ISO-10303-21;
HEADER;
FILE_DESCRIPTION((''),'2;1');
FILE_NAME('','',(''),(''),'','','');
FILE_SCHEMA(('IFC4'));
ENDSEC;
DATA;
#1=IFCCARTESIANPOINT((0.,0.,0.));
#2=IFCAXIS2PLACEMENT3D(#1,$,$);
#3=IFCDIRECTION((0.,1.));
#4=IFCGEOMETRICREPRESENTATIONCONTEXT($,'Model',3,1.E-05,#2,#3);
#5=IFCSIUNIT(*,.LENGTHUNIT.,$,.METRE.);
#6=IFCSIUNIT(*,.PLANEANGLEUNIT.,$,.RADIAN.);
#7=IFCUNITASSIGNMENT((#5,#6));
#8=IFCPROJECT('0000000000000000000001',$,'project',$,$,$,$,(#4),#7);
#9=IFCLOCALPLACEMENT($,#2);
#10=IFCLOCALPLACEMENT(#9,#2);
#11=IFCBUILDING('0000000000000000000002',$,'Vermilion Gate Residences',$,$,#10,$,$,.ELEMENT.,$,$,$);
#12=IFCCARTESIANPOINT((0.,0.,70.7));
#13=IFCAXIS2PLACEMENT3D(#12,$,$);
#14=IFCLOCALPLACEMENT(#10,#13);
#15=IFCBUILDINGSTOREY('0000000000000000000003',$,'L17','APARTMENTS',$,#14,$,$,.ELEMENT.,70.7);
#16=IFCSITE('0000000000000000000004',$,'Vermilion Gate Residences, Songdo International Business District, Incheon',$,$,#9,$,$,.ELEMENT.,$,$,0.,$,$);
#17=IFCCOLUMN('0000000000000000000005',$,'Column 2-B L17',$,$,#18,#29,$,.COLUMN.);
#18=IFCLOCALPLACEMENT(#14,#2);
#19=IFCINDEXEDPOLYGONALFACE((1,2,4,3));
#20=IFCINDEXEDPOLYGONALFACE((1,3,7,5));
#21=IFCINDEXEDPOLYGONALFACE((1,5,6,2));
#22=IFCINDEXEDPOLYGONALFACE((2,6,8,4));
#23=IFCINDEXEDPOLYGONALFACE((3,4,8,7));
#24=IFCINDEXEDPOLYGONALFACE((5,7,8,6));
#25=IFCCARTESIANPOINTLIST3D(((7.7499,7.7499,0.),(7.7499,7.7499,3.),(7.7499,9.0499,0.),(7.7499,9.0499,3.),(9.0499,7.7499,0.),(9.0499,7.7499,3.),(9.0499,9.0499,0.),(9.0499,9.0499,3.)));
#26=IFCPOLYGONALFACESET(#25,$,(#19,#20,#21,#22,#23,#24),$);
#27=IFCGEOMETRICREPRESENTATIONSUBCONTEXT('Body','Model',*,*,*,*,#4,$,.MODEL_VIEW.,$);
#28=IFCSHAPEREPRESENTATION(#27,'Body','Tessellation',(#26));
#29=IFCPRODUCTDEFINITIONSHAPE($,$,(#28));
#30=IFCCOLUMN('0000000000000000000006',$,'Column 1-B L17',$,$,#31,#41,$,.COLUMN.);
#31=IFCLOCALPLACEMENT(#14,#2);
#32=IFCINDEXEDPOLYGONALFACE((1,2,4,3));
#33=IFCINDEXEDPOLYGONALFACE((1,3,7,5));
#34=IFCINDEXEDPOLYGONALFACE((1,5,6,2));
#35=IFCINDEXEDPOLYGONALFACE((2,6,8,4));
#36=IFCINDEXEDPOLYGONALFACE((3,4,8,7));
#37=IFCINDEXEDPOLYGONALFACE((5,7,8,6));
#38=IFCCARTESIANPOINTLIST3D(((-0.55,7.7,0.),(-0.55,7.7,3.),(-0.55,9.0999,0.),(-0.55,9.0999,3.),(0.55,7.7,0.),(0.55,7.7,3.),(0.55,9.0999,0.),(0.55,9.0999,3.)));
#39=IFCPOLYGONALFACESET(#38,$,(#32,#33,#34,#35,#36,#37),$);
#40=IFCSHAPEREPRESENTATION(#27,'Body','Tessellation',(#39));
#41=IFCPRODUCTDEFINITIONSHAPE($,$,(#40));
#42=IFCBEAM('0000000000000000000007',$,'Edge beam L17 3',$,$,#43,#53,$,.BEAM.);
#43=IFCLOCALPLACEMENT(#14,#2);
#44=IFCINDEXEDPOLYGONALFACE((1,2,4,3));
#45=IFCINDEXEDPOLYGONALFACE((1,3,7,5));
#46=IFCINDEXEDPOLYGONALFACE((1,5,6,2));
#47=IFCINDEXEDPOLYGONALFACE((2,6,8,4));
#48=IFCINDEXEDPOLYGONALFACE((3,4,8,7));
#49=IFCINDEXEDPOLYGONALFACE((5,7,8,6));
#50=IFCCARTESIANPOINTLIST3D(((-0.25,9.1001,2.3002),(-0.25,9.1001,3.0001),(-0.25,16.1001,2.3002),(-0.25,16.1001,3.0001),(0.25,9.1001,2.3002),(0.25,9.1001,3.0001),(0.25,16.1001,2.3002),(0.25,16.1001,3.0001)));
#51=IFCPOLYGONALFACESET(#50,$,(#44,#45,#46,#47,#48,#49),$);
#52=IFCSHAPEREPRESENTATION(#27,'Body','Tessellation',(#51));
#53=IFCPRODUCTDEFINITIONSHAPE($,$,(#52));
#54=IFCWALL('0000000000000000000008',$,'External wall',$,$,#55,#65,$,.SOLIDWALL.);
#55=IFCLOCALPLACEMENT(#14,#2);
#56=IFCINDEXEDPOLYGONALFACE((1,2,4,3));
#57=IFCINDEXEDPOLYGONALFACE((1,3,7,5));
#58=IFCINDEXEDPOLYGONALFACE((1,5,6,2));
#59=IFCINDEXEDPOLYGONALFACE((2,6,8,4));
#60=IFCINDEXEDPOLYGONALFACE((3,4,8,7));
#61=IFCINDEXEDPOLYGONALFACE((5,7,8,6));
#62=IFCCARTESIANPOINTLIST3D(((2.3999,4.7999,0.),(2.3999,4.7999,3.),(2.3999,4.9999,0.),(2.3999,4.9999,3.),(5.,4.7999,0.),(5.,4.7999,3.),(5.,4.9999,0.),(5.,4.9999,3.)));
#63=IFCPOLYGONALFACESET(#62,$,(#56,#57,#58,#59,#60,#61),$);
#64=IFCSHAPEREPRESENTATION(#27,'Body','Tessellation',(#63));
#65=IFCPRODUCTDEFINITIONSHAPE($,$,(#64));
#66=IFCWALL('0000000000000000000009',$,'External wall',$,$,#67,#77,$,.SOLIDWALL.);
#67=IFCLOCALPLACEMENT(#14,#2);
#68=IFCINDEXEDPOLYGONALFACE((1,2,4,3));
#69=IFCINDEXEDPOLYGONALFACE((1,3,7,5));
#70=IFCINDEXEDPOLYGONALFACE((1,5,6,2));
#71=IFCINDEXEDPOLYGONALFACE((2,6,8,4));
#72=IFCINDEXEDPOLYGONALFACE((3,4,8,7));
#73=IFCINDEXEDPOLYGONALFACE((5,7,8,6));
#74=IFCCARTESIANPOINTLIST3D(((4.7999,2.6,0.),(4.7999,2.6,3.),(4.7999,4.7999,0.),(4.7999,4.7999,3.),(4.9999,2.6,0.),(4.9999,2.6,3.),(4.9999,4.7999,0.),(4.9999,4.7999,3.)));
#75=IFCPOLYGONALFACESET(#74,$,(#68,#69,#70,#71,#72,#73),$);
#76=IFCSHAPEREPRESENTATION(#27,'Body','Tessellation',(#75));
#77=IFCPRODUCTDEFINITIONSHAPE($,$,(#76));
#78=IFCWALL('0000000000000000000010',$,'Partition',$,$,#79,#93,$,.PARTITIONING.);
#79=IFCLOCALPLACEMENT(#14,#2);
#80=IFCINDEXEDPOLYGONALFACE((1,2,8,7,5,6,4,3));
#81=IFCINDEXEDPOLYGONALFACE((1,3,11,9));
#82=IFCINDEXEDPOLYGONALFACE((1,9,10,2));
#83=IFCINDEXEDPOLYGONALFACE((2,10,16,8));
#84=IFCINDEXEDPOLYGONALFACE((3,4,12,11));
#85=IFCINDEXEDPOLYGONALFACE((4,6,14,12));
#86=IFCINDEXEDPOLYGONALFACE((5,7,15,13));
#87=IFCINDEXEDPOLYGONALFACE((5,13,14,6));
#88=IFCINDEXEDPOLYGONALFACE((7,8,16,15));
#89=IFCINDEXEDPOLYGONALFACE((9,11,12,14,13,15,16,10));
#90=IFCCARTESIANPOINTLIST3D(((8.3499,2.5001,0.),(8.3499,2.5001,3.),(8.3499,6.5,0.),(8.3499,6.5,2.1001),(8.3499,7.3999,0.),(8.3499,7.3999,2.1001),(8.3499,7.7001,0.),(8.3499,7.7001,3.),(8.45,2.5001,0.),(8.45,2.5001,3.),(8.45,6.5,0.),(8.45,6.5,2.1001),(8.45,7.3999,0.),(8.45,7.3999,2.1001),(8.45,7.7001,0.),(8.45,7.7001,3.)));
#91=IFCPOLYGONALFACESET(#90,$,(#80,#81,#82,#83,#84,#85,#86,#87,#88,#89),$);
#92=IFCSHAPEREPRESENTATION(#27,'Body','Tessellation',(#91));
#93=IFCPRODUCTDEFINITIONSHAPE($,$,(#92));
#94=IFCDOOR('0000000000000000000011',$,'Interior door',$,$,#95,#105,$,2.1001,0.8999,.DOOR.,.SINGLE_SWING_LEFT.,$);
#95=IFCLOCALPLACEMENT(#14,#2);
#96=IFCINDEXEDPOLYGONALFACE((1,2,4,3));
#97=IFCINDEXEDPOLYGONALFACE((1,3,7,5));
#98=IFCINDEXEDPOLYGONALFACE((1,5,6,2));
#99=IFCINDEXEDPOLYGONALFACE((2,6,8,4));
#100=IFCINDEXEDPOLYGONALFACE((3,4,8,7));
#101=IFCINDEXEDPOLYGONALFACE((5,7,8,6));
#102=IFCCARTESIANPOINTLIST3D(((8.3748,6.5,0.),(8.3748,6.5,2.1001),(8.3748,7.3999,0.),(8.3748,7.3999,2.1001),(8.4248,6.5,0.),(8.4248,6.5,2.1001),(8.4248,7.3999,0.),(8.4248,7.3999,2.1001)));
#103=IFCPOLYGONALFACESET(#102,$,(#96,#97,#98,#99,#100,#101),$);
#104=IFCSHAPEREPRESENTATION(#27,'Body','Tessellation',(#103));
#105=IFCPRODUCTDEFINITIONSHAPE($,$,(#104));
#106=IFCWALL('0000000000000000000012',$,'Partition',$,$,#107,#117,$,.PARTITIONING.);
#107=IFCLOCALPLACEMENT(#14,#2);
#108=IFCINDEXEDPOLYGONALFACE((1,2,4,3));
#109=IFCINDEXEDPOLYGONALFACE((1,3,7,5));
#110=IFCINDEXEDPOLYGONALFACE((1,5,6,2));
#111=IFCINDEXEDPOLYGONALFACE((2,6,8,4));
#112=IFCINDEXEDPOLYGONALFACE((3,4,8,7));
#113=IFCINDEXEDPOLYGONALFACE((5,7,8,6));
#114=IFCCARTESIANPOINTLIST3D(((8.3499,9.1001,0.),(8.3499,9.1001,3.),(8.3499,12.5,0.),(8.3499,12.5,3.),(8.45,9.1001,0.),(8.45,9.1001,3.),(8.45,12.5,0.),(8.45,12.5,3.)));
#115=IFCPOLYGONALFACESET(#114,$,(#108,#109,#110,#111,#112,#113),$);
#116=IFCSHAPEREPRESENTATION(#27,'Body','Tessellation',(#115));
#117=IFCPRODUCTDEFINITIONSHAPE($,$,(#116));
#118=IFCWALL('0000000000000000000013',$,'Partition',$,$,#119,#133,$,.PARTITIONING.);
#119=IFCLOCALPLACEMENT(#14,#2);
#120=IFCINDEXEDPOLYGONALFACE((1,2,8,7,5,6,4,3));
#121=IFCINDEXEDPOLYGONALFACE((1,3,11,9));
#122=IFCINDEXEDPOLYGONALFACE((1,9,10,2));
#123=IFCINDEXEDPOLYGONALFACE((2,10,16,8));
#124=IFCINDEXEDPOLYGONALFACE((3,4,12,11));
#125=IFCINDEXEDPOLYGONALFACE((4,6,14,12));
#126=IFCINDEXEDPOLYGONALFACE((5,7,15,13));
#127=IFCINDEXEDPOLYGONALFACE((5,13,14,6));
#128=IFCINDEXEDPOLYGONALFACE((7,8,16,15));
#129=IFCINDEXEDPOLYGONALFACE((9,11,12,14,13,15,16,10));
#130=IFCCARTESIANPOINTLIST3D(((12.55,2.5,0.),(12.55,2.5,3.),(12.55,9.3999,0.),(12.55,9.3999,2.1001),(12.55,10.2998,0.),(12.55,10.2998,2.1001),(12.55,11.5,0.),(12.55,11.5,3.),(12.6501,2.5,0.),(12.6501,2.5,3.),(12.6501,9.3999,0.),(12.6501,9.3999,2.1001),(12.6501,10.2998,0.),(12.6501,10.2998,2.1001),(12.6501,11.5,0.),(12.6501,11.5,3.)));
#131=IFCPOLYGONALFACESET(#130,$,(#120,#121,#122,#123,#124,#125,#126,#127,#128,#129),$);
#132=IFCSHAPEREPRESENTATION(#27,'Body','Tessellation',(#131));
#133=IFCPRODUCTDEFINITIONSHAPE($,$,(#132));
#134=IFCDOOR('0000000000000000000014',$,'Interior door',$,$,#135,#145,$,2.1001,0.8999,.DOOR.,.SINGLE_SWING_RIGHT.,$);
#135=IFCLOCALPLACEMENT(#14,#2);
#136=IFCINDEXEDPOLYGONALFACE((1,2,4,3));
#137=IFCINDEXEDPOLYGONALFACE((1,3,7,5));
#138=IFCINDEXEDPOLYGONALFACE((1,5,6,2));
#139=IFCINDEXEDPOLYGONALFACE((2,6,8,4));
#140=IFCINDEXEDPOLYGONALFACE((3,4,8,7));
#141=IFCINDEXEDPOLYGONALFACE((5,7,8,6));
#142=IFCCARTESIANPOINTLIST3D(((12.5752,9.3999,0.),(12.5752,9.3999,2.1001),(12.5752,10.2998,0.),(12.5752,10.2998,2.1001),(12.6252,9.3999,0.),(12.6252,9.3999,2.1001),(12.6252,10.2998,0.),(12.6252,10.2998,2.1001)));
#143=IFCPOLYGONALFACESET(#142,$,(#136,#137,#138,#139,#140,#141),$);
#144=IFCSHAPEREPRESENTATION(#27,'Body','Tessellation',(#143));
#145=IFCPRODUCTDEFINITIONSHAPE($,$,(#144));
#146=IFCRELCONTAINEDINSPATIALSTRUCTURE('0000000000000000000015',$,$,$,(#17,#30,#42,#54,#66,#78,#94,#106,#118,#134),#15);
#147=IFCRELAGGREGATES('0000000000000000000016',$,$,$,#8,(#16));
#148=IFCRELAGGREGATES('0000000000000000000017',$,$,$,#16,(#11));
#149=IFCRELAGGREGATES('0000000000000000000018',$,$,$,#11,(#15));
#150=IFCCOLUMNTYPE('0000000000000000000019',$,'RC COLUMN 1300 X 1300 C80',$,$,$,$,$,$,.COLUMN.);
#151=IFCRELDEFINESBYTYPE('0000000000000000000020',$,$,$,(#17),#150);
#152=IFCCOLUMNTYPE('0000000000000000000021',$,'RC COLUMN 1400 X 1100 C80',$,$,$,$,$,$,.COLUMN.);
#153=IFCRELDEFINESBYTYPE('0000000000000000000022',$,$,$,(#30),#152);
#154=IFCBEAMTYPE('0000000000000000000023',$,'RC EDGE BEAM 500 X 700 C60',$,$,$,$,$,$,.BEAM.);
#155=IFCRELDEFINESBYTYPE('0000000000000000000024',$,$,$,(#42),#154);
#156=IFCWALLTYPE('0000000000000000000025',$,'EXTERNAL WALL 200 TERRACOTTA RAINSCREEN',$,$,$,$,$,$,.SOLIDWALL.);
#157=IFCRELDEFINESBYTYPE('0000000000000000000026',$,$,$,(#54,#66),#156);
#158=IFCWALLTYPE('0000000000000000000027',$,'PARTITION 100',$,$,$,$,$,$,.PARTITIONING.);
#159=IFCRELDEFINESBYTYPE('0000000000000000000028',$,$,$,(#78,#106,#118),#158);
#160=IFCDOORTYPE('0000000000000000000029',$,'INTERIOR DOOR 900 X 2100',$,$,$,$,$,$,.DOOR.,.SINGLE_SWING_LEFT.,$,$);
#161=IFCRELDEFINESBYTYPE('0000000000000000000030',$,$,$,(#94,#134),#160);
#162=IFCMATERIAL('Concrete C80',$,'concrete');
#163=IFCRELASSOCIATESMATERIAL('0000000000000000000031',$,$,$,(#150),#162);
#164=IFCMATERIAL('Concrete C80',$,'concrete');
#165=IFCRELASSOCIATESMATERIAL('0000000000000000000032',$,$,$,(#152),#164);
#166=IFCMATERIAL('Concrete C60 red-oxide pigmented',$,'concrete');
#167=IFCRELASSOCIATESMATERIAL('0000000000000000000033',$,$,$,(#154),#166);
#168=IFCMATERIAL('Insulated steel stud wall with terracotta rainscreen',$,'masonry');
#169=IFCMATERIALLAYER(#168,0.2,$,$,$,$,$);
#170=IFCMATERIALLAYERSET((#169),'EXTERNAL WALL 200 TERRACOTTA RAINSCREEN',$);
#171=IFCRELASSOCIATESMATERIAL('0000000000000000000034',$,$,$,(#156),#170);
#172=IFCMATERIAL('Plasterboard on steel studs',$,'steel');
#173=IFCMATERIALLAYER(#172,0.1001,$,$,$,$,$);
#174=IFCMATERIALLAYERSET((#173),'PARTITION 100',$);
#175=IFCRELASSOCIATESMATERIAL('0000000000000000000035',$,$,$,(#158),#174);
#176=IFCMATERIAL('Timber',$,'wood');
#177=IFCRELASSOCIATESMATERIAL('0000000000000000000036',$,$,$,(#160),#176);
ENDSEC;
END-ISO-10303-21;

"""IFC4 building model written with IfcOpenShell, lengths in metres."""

from ifc_helpers import new_model, si_unit, direction, frame, frame_2d, origin, origin_2d, place, context, subcontext, project, spatial, rectangle, extrude, material, layer, layer_set, material_profile, profile_set, type_object, element, fill, save


model = new_model("IFC4")

# Units and contexts
model_context = context("Model", 3, precision=1e-05, world=origin(), true_north=direction((0.0, 1.0)))
body_context = subcontext(model_context, "Body", "Model", "MODEL_VIEW")
ifc_project = project(units=[si_unit("LENGTHUNIT", "METRE"), si_unit("PLANEANGLEUNIT", "RADIAN")], contexts=[model_context])

# Site, building, storey
site_placement = place(None, origin())
site = spatial("IfcSite", under=ifc_project, at=site_placement, Name="Vermilion Gate Residences, Songdo International Business District, Incheon", CompositionType="ELEMENT", RefElevation=0.0)
building_placement = place(site_placement, origin())
building = spatial("IfcBuilding", under=site, at=building_placement, Name="Vermilion Gate Residences", CompositionType="ELEMENT")
storey_placement = place(building_placement, frame((0.0, 0.0, 70.7)))
storey = spatial("IfcBuildingStorey", under=building, at=storey_placement, Name="L17", Description="APARTMENTS", CompositionType="ELEMENT", Elevation=70.7)

# Columns
ifc_material_1 = material(Name="Concrete C80", Category="concrete")
ifc_material_profile_1 = material_profile(ifc_material_1, rectangle(XDim=1.3, YDim=1.3, at=origin_2d()), Name="RC-1300x1300")
ifc_profile_set_1 = profile_set([ifc_material_profile_1], Name="Concrete C80")
column_type_1 = type_object("IfcColumnType", Name="RC COLUMN 1300 X 1300 C80", PredefinedType="COLUMN", material=ifc_profile_set_1)
column_1_placement = place(storey_placement, frame((8.3999, 8.3999, 0.0), z_axis=(0.0, 0.0, 1.0), x_axis=(1.0, 0.0, 0.0)))
element("IfcColumn", 1, at=column_1_placement, inside=storey, type_object=column_type_1, Name="Column 2-B L17", PredefinedType="COLUMN", context=body_context, shape_type="SweptSolid", body=[
    extrude(rectangle(XDim=1.3, YDim=1.3, at=origin_2d()), origin(), (0.0, 0.0, 1.0), 3.0),
])
ifc_material_2 = material(Name="Concrete C80", Category="concrete")
ifc_material_profile_2 = material_profile(ifc_material_2, rectangle(XDim=1.3999, YDim=1.1001, at=origin_2d()), Name="RC-1400x1100")
ifc_profile_set_2 = profile_set([ifc_material_profile_2], Name="Concrete C80")
column_type_2 = type_object("IfcColumnType", Name="RC COLUMN 1400 X 1100 C80", PredefinedType="COLUMN", material=ifc_profile_set_2)
column_2_placement = place(storey_placement, frame((0.0, 8.3999, 0.0), z_axis=(0.0, 0.0, 1.0), x_axis=(0.0, 1.0, 0.0)))
element("IfcColumn", 2, at=column_2_placement, inside=storey, type_object=column_type_2, Name="Column 1-B L17", PredefinedType="COLUMN", context=body_context, shape_type="SweptSolid", body=[
    extrude(rectangle(XDim=1.3999, YDim=1.1001, at=origin_2d()), origin(), (0.0, 0.0, 1.0), 3.0),
])

# Beam
ifc_material_3 = material(Name="Concrete C60 red-oxide pigmented", Category="concrete")
ifc_material_profile_3 = material_profile(ifc_material_3, rectangle(XDim=0.5, YDim=0.7, at=origin_2d()), Name="RC-500x700")
ifc_profile_set_3 = profile_set([ifc_material_profile_3], Name="Concrete C60 red-oxide pigmented")
beam_type = type_object("IfcBeamType", Name="RC EDGE BEAM 500 X 700 C60", PredefinedType="BEAM", material=ifc_profile_set_3)
beam_placement = place(storey_placement, frame((0.0, 9.1001, 2.6501), z_axis=(0.0, 1.0, 0.0), x_axis=(-1.0, 0.0, 0.0)))
element("IfcBeam", 3, at=beam_placement, inside=storey, type_object=beam_type, Name="Edge beam L17 3", PredefinedType="BEAM", context=body_context, shape_type="SweptSolid", body=[
    extrude(rectangle(XDim=0.5, YDim=0.7, at=origin_2d()), origin(), (0.0, 0.0, 1.0), 7.0),
])

# Walls
ifc_material_4 = material(Name="Insulated steel stud wall with terracotta rainscreen", Category="masonry")
ifc_layer_1 = layer(ifc_material_4, 0.2)
ifc_layer_set_1 = layer_set([ifc_layer_1], Name="EXTERNAL WALL 200 TERRACOTTA RAINSCREEN")
wall_type_1 = type_object("IfcWallType", Name="EXTERNAL WALL 200 TERRACOTTA RAINSCREEN", PredefinedType="SOLIDWALL", material=ifc_layer_set_1)
wall_1_placement = place(storey_placement, frame((2.3999, 4.8999, 0.0), z_axis=(0.0, 0.0, 1.0), x_axis=(1.0, 0.0, 0.0)))
element("IfcWall", 4, at=wall_1_placement, inside=storey, type_object=wall_type_1, Name="External wall", PredefinedType="SOLIDWALL", context=body_context, shape_type="SweptSolid", body=[
    extrude(rectangle(XDim=2.6001, YDim=0.2, at=frame_2d((1.3, 0.0))), origin(), (0.0, 0.0, 1.0), 3.0),
])
wall_2_placement = place(storey_placement, frame((4.8999, 4.8, 0.0), z_axis=(0.0, 0.0, 1.0), x_axis=(0.0, -1.0, 0.0)))
element("IfcWall", 5, at=wall_2_placement, inside=storey, type_object=wall_type_1, Name="External wall", PredefinedType="SOLIDWALL", context=body_context, shape_type="SweptSolid", body=[
    extrude(rectangle(XDim=2.2, YDim=0.2, at=frame_2d((1.1001, 0.0))), origin(), (0.0, 0.0, 1.0), 3.0),
])

# Wall, opening, door
ifc_material_5 = material(Name="Plasterboard on steel studs", Category="steel")
ifc_layer_2 = layer(ifc_material_5, 0.1001)
ifc_layer_set_2 = layer_set([ifc_layer_2], Name="PARTITION 100")
wall_type_2 = type_object("IfcWallType", Name="PARTITION 100", PredefinedType="PARTITIONING", material=ifc_layer_set_2)
wall_3_placement = place(storey_placement, frame((8.3999, 2.5, 0.0), z_axis=(0.0, 0.0, 1.0), x_axis=(0.0, 1.0, 0.0)))
wall_3 = element("IfcWall", 6, at=wall_3_placement, inside=storey, type_object=wall_type_2, Name="Partition", PredefinedType="PARTITIONING", context=body_context, shape_type="SweptSolid", body=[
    extrude(rectangle(XDim=5.2, YDim=0.1001, at=frame_2d((2.6001, 0.0))), origin(), (0.0, 0.0, 1.0), 3.0),
])
opening_1_placement = place(wall_3_placement, frame((4.0, 0.0, 0.0)))
opening_1 = element("IfcOpeningElement", 7, at=opening_1_placement, cuts=wall_3, PredefinedType="OPENING", context=body_context, shape_type="SweptSolid", body=[
    extrude(rectangle(XDim=0.8999, YDim=2.1001, at=frame_2d((0.45, 1.05))), frame((0.0, 0.0601, 0.0), z_axis=(0.0, -1.0, 0.0), x_axis=(1.0, 0.0, 0.0)), (0.0, 0.0, 1.0), 0.1201),
])
ifc_material_6 = material(Name="Timber", Category="wood")
door_type_1 = type_object("IfcDoorType", Name="INTERIOR DOOR 900 X 2100", OperationType="SINGLE_SWING_LEFT", PredefinedType="DOOR", material=ifc_material_6)
door_1_placement = place(opening_1_placement, frame((0.8999, 0.0, 0.0), z_axis=(0.0, 0.0, 1.0), x_axis=(-1.0, 0.0, 0.0)))
door_1 = element("IfcDoor", 8, at=door_1_placement, inside=storey, type_object=door_type_1, Name="Interior door", OperationType="SINGLE_SWING_LEFT", OverallHeight=2.1001, OverallWidth=0.8999, PredefinedType="DOOR", context=body_context, shape_type="SweptSolid", body=[
    extrude(rectangle(XDim=0.8999, YDim=2.1001, at=frame_2d((0.45, 1.05))), frame((0.0, 0.0249, 0.0), z_axis=(0.0, -1.0, 0.0), x_axis=(1.0, 0.0, 0.0)), (0.0, 0.0, 1.0), 0.05),
])
fill(opening_1, door_1)

# Wall
wall_4_placement = place(storey_placement, frame((8.3999, 9.1001, 0.0), z_axis=(0.0, 0.0, 1.0), x_axis=(0.0, 1.0, 0.0)))
element("IfcWall", 9, at=wall_4_placement, inside=storey, type_object=wall_type_2, Name="Partition", PredefinedType="PARTITIONING", context=body_context, shape_type="SweptSolid", body=[
    extrude(rectangle(XDim=3.3999, YDim=0.1001, at=frame_2d((1.7, 0.0))), origin(), (0.0, 0.0, 1.0), 3.0),
])

# Wall, opening, door
wall_5_placement = place(storey_placement, frame((12.6001, 2.5, 0.0), z_axis=(0.0, 0.0, 1.0), x_axis=(0.0, 1.0, 0.0)))
wall_5 = element("IfcWall", 10, at=wall_5_placement, inside=storey, type_object=wall_type_2, Name="Partition", PredefinedType="PARTITIONING", context=body_context, shape_type="SweptSolid", body=[
    extrude(rectangle(XDim=9.0, YDim=0.1001, at=frame_2d((4.5, 0.0))), origin(), (0.0, 0.0, 1.0), 3.0),
])
opening_2_placement = place(wall_5_placement, frame((6.8999, 0.0, 0.0)))
opening_2 = element("IfcOpeningElement", 11, at=opening_2_placement, cuts=wall_5, PredefinedType="OPENING", context=body_context, shape_type="SweptSolid", body=[
    extrude(rectangle(XDim=0.8999, YDim=2.1001, at=frame_2d((0.45, 1.05))), frame((0.0, 0.0601, 0.0), z_axis=(0.0, -1.0, 0.0), x_axis=(1.0, 0.0, 0.0)), (0.0, 0.0, 1.0), 0.1201),
])
door_2_placement = place(opening_2_placement, origin())
door_2 = element("IfcDoor", 12, at=door_2_placement, inside=storey, type_object=door_type_1, Name="Interior door", OperationType="SINGLE_SWING_RIGHT", OverallHeight=2.1001, OverallWidth=0.8999, PredefinedType="DOOR", context=body_context, shape_type="SweptSolid", body=[
    extrude(rectangle(XDim=0.8999, YDim=2.1001, at=frame_2d((0.45, 1.05))), frame((0.0, 0.0249, 0.0), z_axis=(0.0, -1.0, 0.0), x_axis=(1.0, 0.0, 0.0)), (0.0, 0.0, 1.0), 0.05),
])
fill(opening_2, door_2)

save(model, "model.ifc")
